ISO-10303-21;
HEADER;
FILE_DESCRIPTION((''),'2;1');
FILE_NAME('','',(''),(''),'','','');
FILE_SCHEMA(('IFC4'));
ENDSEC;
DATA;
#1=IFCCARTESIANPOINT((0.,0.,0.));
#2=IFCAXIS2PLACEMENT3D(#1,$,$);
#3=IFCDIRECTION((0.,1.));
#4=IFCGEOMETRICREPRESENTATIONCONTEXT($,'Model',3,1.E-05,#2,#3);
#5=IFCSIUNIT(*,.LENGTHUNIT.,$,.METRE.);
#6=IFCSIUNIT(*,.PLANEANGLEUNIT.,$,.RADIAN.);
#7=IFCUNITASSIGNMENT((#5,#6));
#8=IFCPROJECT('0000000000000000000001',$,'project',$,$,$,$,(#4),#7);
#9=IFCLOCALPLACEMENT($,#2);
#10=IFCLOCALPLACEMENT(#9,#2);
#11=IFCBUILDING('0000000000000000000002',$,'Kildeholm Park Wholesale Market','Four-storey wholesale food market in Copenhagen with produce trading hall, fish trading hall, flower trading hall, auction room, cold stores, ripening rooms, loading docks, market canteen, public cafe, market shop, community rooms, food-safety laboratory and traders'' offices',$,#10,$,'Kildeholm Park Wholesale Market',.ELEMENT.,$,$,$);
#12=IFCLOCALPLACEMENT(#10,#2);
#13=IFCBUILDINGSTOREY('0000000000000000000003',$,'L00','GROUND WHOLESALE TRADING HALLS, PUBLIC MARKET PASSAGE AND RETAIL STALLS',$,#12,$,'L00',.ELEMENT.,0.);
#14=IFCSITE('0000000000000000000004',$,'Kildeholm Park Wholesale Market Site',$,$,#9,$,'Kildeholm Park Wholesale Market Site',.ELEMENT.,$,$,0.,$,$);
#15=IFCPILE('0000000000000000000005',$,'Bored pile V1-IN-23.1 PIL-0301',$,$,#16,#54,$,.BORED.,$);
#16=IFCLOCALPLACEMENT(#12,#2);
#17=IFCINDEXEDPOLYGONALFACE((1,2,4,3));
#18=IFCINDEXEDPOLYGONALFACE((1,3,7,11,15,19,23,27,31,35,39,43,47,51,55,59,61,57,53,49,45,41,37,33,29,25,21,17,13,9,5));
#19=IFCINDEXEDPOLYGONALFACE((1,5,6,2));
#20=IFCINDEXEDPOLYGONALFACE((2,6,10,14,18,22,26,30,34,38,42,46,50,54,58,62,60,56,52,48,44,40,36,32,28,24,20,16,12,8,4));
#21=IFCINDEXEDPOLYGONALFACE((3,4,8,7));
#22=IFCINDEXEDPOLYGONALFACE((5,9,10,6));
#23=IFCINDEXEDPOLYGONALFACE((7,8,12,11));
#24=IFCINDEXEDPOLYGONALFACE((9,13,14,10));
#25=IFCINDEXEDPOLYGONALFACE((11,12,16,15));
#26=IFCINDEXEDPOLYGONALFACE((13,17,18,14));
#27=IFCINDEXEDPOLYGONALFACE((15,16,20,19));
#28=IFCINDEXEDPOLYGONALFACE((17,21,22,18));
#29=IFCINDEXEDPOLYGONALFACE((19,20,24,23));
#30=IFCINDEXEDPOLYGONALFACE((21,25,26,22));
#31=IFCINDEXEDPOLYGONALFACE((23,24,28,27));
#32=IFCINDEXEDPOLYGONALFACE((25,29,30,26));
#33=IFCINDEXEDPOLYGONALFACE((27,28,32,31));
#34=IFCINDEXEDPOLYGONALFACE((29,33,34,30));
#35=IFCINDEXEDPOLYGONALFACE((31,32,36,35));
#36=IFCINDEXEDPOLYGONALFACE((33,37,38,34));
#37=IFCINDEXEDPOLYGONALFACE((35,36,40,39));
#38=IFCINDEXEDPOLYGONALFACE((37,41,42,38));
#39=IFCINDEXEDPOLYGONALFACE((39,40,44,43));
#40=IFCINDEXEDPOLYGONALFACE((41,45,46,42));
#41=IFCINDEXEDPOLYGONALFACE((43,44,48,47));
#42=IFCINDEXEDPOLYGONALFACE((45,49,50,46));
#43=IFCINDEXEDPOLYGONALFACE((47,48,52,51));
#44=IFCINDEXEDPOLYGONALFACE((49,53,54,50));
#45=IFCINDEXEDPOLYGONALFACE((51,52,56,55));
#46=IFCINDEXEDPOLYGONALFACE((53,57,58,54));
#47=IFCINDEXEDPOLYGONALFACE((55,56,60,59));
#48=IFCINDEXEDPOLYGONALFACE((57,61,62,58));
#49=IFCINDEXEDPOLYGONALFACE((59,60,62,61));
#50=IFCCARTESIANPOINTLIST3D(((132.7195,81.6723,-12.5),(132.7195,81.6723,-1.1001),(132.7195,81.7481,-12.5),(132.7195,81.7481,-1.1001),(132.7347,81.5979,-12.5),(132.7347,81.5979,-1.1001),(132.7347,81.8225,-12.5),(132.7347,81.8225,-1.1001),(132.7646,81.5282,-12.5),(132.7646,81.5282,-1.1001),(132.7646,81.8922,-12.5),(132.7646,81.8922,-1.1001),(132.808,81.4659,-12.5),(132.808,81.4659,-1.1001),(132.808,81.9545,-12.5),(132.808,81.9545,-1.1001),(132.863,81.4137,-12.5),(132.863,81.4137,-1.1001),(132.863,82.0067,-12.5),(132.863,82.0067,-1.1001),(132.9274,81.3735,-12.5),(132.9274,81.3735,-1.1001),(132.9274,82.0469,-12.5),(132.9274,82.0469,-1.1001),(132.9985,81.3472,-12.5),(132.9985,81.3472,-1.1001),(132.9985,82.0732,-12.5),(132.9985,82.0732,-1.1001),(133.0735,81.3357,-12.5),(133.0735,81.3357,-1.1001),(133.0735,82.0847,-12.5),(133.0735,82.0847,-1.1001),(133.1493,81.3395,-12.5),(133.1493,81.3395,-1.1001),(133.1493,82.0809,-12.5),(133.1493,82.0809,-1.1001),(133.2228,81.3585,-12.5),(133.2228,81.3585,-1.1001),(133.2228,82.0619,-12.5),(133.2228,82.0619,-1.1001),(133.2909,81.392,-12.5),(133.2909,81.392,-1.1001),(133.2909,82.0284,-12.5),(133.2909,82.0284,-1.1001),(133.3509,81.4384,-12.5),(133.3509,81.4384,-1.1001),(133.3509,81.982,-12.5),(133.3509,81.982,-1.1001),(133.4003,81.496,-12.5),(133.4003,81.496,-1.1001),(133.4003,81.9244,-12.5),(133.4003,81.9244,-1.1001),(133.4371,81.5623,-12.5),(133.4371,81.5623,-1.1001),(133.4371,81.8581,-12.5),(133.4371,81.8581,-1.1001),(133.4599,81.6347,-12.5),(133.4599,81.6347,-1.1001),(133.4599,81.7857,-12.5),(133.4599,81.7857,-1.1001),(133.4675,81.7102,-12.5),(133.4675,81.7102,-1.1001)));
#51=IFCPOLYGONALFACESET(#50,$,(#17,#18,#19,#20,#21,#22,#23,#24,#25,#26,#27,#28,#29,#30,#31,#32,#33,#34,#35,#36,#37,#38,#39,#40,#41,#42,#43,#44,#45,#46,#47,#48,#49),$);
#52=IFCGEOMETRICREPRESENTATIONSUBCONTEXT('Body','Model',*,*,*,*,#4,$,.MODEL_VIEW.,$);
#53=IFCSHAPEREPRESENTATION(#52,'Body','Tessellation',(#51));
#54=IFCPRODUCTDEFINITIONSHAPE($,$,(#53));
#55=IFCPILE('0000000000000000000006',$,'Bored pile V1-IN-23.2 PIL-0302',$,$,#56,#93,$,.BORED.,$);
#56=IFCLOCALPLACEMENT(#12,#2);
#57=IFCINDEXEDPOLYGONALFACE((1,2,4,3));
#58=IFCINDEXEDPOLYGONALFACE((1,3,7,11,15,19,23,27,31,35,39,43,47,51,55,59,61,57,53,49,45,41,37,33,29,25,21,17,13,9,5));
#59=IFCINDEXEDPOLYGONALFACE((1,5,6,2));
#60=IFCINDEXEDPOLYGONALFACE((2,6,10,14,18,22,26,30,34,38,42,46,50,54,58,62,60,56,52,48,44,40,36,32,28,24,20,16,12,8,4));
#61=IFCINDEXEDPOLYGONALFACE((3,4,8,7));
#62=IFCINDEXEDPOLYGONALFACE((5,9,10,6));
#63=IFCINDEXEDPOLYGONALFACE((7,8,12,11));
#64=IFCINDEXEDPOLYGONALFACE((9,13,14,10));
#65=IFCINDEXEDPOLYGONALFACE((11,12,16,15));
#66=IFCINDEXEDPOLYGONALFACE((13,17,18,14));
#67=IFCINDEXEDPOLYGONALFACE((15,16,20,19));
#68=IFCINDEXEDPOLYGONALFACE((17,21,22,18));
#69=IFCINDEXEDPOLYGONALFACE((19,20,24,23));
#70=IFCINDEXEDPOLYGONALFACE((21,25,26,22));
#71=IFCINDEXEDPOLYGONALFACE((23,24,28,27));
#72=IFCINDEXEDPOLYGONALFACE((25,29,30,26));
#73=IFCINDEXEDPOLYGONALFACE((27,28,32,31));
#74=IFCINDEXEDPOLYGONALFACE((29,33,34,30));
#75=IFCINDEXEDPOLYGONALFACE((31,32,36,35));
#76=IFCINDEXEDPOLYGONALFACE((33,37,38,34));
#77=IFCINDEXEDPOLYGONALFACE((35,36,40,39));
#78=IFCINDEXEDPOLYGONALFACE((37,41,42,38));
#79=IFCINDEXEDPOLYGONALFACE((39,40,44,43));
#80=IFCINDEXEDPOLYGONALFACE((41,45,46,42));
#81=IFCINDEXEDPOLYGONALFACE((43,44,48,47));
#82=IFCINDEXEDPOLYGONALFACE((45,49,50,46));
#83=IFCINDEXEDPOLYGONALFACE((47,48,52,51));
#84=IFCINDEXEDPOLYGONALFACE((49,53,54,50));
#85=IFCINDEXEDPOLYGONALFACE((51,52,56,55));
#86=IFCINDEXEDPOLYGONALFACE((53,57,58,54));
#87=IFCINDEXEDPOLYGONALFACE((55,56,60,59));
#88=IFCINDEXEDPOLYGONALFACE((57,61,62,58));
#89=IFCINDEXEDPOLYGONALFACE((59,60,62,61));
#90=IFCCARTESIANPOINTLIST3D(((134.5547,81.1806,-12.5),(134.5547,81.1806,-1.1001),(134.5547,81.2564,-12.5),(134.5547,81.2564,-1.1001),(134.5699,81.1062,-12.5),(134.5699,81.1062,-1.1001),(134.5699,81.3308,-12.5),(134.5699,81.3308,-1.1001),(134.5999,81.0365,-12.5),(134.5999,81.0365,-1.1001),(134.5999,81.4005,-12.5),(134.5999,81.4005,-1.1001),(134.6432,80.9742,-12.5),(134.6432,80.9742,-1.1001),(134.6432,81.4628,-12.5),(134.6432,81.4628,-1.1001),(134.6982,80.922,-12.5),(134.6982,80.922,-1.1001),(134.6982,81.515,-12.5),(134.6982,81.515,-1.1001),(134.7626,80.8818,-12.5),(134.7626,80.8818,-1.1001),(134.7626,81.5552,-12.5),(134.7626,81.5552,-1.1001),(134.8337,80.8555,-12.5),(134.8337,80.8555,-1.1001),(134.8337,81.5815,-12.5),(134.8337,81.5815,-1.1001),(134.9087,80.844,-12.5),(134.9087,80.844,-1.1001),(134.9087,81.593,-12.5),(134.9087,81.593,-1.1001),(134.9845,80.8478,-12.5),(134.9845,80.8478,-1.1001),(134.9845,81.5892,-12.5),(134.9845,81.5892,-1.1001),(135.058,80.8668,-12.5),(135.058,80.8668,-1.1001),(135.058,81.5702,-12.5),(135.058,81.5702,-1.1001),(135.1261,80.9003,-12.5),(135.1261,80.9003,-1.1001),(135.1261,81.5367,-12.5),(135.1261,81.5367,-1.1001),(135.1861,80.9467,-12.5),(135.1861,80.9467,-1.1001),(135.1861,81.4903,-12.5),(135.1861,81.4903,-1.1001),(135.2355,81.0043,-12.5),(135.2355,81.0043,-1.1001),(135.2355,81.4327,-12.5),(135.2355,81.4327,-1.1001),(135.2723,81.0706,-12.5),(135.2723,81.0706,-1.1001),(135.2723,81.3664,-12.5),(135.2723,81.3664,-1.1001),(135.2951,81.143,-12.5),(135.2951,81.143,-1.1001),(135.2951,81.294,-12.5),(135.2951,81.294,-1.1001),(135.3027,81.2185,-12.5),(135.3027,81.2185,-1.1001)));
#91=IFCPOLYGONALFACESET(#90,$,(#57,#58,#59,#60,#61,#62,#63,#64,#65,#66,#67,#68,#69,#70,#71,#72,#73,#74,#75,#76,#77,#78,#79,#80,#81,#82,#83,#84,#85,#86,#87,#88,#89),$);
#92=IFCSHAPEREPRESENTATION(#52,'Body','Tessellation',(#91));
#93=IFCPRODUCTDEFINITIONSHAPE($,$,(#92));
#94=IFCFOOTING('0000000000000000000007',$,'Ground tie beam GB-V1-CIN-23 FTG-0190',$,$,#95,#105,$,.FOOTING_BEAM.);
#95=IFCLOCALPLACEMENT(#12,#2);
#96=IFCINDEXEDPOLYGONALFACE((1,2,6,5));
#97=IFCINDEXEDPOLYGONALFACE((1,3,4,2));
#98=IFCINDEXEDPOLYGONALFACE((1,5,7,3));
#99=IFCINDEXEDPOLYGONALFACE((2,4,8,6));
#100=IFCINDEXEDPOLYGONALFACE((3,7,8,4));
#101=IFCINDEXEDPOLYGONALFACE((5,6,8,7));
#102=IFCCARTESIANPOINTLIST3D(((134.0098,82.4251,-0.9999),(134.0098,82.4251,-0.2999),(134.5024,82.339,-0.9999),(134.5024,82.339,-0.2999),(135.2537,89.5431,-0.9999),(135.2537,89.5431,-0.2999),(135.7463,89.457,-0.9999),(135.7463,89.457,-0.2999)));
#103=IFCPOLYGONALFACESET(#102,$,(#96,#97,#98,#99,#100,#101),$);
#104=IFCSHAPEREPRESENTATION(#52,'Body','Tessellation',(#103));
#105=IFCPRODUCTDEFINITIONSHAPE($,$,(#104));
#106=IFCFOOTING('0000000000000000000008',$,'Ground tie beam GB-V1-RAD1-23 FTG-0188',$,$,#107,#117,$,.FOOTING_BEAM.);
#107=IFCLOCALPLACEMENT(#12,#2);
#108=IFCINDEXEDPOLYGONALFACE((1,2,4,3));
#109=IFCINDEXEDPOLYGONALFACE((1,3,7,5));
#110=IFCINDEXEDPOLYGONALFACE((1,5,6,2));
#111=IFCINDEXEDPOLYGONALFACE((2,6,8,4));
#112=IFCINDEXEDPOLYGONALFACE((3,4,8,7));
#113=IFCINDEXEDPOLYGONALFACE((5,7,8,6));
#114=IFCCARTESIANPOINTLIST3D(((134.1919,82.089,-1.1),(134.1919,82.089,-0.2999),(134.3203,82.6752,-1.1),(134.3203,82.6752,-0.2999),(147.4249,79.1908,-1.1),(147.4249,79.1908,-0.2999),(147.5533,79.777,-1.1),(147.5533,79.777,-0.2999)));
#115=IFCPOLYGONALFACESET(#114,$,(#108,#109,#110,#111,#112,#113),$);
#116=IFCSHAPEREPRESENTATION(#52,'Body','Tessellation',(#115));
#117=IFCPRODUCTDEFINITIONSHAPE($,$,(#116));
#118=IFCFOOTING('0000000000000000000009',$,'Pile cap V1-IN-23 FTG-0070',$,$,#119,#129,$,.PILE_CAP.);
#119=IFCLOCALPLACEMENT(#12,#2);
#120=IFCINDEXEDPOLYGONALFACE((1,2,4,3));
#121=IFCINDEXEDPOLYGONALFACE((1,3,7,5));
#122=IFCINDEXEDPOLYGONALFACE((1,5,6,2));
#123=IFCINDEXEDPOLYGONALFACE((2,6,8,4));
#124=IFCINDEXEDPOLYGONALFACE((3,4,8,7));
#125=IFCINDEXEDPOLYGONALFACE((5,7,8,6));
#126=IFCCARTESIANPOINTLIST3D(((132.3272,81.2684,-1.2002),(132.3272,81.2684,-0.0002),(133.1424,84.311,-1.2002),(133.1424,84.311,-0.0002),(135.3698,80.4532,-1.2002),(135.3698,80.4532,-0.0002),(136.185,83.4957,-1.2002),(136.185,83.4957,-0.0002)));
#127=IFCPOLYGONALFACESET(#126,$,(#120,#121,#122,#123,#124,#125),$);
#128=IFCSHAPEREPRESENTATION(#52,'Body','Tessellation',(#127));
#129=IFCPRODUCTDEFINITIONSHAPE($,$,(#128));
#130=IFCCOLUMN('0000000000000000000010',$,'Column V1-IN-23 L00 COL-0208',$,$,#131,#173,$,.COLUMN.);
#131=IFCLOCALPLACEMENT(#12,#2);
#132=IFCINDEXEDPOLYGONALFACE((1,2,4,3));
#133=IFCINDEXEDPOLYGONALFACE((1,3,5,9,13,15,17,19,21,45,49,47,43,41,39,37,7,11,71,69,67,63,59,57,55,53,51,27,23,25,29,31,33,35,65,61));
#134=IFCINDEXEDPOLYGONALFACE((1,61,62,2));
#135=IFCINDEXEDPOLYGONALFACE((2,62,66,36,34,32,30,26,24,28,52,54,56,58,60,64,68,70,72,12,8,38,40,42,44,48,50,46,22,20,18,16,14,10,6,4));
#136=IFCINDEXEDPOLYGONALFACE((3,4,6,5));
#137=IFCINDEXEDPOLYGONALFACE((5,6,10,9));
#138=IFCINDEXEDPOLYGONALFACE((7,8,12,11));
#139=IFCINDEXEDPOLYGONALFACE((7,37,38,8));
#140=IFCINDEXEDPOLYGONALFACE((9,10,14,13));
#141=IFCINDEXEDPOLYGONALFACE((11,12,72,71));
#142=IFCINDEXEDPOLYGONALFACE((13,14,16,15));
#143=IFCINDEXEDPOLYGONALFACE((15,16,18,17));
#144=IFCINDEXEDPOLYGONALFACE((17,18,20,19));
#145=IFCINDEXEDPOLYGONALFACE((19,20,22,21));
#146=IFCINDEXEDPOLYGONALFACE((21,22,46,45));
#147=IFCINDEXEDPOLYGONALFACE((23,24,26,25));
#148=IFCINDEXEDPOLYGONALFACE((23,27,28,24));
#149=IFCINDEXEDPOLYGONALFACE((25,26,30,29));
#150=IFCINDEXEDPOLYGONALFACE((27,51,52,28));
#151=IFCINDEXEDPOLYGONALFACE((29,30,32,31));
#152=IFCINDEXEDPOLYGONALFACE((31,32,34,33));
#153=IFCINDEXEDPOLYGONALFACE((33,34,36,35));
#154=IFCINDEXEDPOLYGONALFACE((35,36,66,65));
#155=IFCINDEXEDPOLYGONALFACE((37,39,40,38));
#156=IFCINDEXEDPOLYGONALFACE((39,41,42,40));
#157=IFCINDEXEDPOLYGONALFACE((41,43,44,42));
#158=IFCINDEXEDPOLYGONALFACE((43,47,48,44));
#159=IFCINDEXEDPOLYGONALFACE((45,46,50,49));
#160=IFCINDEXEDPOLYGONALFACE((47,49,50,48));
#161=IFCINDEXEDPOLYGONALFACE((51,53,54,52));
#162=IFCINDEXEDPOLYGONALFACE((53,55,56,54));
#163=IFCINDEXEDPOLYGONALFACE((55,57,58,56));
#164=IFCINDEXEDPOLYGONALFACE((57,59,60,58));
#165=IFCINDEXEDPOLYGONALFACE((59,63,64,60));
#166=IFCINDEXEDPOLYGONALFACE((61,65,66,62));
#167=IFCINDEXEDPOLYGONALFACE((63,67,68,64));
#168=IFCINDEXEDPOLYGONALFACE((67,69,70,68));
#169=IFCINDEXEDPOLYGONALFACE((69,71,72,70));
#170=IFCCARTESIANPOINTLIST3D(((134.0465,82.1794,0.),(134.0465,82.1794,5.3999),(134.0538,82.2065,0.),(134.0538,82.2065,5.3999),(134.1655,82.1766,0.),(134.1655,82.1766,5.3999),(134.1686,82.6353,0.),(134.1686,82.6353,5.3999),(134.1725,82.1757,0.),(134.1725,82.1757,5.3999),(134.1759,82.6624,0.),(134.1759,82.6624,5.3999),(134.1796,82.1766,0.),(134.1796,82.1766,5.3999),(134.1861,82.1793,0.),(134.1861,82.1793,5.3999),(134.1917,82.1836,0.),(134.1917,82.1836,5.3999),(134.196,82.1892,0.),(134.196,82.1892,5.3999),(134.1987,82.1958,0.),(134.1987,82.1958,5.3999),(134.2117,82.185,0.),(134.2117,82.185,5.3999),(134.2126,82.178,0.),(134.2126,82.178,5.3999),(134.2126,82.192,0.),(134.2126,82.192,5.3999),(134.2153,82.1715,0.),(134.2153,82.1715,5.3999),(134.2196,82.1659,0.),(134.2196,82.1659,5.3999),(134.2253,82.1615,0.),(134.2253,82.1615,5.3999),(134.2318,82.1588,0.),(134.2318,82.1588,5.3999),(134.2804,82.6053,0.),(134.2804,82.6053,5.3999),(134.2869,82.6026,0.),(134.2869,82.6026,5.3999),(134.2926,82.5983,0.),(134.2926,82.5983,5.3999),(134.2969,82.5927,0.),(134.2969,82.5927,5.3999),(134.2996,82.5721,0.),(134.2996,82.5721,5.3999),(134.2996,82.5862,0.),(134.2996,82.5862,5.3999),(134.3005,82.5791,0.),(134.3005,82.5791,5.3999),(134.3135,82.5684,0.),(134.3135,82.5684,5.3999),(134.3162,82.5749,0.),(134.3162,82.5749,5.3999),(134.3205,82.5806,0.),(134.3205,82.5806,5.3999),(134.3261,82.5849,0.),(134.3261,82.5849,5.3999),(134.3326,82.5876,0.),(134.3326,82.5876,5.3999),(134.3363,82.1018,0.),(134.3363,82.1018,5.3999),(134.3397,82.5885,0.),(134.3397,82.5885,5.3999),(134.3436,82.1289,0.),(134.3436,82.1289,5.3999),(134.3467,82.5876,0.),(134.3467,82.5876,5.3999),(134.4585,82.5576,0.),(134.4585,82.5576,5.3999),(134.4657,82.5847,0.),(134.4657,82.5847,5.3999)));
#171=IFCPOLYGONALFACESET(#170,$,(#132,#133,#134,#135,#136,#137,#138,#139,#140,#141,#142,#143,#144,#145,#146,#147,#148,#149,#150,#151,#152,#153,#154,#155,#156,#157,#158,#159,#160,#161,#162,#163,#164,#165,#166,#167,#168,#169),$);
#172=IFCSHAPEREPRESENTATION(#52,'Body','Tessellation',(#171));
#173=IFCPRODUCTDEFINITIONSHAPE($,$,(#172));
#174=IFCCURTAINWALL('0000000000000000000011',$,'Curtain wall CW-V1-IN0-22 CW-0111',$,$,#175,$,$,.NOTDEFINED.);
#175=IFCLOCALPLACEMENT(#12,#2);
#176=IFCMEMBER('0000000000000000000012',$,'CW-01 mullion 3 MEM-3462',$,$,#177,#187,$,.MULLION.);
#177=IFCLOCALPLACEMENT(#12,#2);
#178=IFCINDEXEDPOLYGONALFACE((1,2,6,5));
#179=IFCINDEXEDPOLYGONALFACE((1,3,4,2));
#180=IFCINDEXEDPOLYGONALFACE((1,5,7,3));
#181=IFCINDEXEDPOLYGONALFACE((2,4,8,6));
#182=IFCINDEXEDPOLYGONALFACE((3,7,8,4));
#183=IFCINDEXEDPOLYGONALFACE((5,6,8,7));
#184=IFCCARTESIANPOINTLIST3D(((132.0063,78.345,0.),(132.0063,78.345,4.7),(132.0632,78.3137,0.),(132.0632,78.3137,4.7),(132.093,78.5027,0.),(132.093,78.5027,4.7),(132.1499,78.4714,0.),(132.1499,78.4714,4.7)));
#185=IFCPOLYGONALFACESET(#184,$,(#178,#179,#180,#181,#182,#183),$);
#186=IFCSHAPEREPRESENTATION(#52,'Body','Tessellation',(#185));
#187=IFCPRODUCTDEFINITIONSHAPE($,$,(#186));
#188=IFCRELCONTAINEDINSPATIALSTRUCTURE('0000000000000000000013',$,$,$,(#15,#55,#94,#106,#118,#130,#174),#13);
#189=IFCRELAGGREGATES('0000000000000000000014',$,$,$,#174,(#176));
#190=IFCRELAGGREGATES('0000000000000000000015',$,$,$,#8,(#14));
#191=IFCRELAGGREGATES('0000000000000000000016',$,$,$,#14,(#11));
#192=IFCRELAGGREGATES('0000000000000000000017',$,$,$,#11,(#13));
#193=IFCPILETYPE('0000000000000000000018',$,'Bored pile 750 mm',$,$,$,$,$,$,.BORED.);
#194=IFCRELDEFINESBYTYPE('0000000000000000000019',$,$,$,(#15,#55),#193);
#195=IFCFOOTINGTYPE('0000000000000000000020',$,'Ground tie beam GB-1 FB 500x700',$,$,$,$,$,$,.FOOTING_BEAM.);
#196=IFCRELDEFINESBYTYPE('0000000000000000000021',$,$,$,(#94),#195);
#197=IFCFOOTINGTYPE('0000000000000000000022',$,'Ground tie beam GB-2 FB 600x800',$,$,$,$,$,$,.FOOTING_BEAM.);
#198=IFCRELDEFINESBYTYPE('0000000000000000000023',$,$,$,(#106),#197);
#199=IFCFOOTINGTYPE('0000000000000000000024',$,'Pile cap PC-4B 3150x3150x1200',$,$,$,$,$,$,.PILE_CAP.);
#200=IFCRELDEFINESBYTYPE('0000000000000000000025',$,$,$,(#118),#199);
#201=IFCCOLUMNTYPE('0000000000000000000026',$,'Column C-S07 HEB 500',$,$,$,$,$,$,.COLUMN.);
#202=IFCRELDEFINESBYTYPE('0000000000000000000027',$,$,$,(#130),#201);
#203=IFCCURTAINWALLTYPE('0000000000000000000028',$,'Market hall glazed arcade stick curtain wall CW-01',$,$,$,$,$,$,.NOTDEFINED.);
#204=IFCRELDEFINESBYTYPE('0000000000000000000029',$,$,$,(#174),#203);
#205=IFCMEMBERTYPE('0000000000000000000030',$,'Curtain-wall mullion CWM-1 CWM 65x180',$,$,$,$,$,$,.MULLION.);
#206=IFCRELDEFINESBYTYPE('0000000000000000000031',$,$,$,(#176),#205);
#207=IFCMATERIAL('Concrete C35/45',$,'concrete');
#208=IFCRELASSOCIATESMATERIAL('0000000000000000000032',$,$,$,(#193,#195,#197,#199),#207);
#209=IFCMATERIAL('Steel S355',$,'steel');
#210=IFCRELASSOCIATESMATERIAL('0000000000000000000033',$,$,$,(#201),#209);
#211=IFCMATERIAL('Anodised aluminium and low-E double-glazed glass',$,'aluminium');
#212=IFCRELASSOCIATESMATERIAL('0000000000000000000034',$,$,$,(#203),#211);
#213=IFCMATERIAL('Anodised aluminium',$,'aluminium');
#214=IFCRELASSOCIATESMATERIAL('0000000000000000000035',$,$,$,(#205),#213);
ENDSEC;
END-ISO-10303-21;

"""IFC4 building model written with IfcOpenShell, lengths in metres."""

from ifc_helpers import new_model, si_unit, direction, frame, origin, origin_2d, place, context, subcontext, project, spatial, rectangle, circle, i_section, extrude, material, material_profile, profile_set, type_object, element, aggregate, save


model = new_model("IFC4")

# Units and contexts
model_context = context("Model", 3, precision=1e-05, world=origin(), true_north=direction((0.0, 1.0)))
body_context = subcontext(model_context, "Body", "Model", "MODEL_VIEW")
ifc_project = project(units=[si_unit("LENGTHUNIT", "METRE"), si_unit("PLANEANGLEUNIT", "RADIAN")], contexts=[model_context])

# Site, building, storey
site_placement = place(None, origin())
site = spatial("IfcSite", under=ifc_project, at=site_placement, Name="Kildeholm Park Wholesale Market Site", LongName="Kildeholm Park Wholesale Market Site", CompositionType="ELEMENT", RefElevation=0.0)
building_placement = place(site_placement, origin())
building = spatial("IfcBuilding", under=site, at=building_placement, Name="Kildeholm Park Wholesale Market", Description="Four-storey wholesale food market in Copenhagen with produce trading hall, fish trading hall, flower trading hall, auction room, cold stores, ripening rooms, loading docks, market canteen, public cafe, market shop, community rooms, food-safety laboratory and traders' offices", LongName="Kildeholm Park Wholesale Market", CompositionType="ELEMENT")
storey_placement = place(building_placement, origin())
storey = spatial("IfcBuildingStorey", under=building, at=storey_placement, Name="L00", Description="GROUND WHOLESALE TRADING HALLS, PUBLIC MARKET PASSAGE AND RETAIL STALLS", LongName="L00", CompositionType="ELEMENT", Elevation=0.0)

# Piles
ifc_material_1 = material(Name="Concrete C35/45", Category="concrete")
ifc_material_profile_1 = material_profile(ifc_material_1, circle(Radius=0.375, at=origin_2d()), Name="PILE D750")
ifc_profile_set_1 = profile_set([ifc_material_profile_1], Name="Concrete C35/45")
pile_type = type_object("IfcPileType", Name="Bored pile 750 mm", PredefinedType="BORED", material=ifc_profile_set_1)
for number, where, z_axis, x_axis, name in (
    (1, (133.0925, 81.7102, -1.1001), (0.0, 0.0, -1.0), (1.0, 0.0, 0.0), "Bored pile V1-IN-23.1 PIL-0301"),
    (2, (134.9277, 81.2185, -1.1001), (0.0, 0.0, -1.0), (1.0, 0.0, 0.0), "Bored pile V1-IN-23.2 PIL-0302"),
):
    element("IfcPile", number, at=place(storey_placement, frame(where, z_axis=z_axis, x_axis=x_axis)), inside=storey, type_object=pile_type, Name=name, PredefinedType="BORED", context=body_context, shape_type="SweptSolid", body=[
        extrude(circle(Radius=0.375, at=origin_2d()), origin(), (0.0, 0.0, 1.0), 11.3999),
    ])

# Footings
ifc_material_profile_2 = material_profile(ifc_material_1, rectangle(XDim=0.5, YDim=0.7, at=origin_2d()), Name="FB 500x700")
ifc_profile_set_2 = profile_set([ifc_material_profile_2], Name="Concrete C35/45")
footing_type_1 = type_object("IfcFootingType", Name="Ground tie beam GB-1 FB 500x700", PredefinedType="FOOTING_BEAM", material=ifc_profile_set_2)
footing_1_placement = place(storey_placement, frame((134.2561, 82.3821, -0.6499), z_axis=(0.172147, 0.985071, 0.0), x_axis=(-0.985071, 0.172147, 0.0)))
element("IfcFooting", 3, at=footing_1_placement, inside=storey, type_object=footing_type_1, Name="Ground tie beam GB-V1-CIN-23 FTG-0190", PredefinedType="FOOTING_BEAM", context=body_context, shape_type="SweptSolid", body=[
    extrude(rectangle(XDim=0.5, YDim=0.7, at=origin_2d()), origin(), (0.0, 0.0, 1.0), 7.2258),
])
ifc_material_profile_3 = material_profile(ifc_material_1, rectangle(XDim=0.6001, YDim=0.8, at=origin_2d()), Name="FB 600x800")
ifc_profile_set_3 = profile_set([ifc_material_profile_3], Name="Concrete C35/45")
footing_type_2 = type_object("IfcFootingType", Name="Ground tie beam GB-2 FB 600x800", PredefinedType="FOOTING_BEAM", material=ifc_profile_set_3)
footing_2_placement = place(storey_placement, frame((134.2561, 82.3821, -0.7), z_axis=(0.976846, -0.213943, 0.0), x_axis=(0.213943, 0.976846, 0.0)))
element("IfcFooting", 4, at=footing_2_placement, inside=storey, type_object=footing_type_2, Name="Ground tie beam GB-V1-RAD1-23 FTG-0188", PredefinedType="FOOTING_BEAM", context=body_context, shape_type="SweptSolid", body=[
    extrude(rectangle(XDim=0.6001, YDim=0.8, at=origin_2d()), origin(), (0.0, 0.0, 1.0), 13.5466),
])
footing_type_3 = type_object("IfcFootingType", Name="Pile cap PC-4B 3150x3150x1200", PredefinedType="PILE_CAP", material=ifc_material_1)
footing_3_placement = place(storey_placement, frame((134.2561, 82.3821, -1.2002), z_axis=(0.0, 0.0, 1.0), x_axis=(0.965926, -0.258819, 0.0)))
element("IfcFooting", 5, at=footing_3_placement, inside=storey, type_object=footing_type_3, Name="Pile cap V1-IN-23 FTG-0070", PredefinedType="PILE_CAP", context=body_context, shape_type="SweptSolid", body=[
    extrude(rectangle(XDim=3.1499, YDim=3.1499, at=origin_2d()), origin(), (0.0, 0.0, 1.0), 1.2),
])

# Column
ifc_material_2 = material(Name="Steel S355", Category="steel")
ifc_material_profile_4 = material_profile(ifc_material_2, i_section(OverallWidth=0.3, OverallDepth=0.5, WebThickness=0.0144, FlangeThickness=0.0281, FilletRadius=0.0271, at=origin_2d()), Name="HEB 500")
ifc_profile_set_4 = profile_set([ifc_material_profile_4], Name="Steel S355")
column_type = type_object("IfcColumnType", Name="Column C-S07 HEB 500", PredefinedType="COLUMN", material=ifc_profile_set_4)
column_placement = place(storey_placement, frame((134.2561, 82.3821, 0.0), z_axis=(0.0, 0.0, 1.0), x_axis=(0.965926, -0.258819, 0.0)))
element("IfcColumn", 6, at=column_placement, inside=storey, type_object=column_type, Name="Column V1-IN-23 L00 COL-0208", PredefinedType="COLUMN", context=body_context, shape_type="SweptSolid", body=[
    extrude(i_section(OverallWidth=0.3, OverallDepth=0.5, WebThickness=0.0144, FlangeThickness=0.0281, FilletRadius=0.0271, at=origin_2d()), origin(), (0.0, 0.0, 1.0), 5.3999),
])

# Curtain wall, member
ifc_material_3 = material(Name="Anodised aluminium and low-E double-glazed glass", Category="aluminium")
curtain_wall_type = type_object("IfcCurtainWallType", Name="Market hall glazed arcade stick curtain wall CW-01", PredefinedType="NOTDEFINED", material=ifc_material_3)
curtain_wall_1_placement = place(storey_placement, origin())
curtain_wall_1 = element("IfcCurtainWall", 7, at=curtain_wall_1_placement, inside=storey, type_object=curtain_wall_type, Name="Curtain wall CW-V1-IN0-22 CW-0111", PredefinedType="NOTDEFINED")
ifc_material_4 = material(Name="Anodised aluminium", Category="aluminium")
ifc_material_profile_5 = material_profile(ifc_material_4, rectangle(XDim=0.0649, YDim=0.1799, at=origin_2d()), Name="CWM 65x180")
ifc_profile_set_5 = profile_set([ifc_material_profile_5], Name="Anodised aluminium")
member_type_1 = type_object("IfcMemberType", Name="Curtain-wall mullion CWM-1 CWM 65x180", PredefinedType="MULLION", material=ifc_profile_set_5)
member_1_placement = place(storey_placement, frame((132.0781, 78.4082, 0.0), z_axis=(0.0, 0.0, 1.0), x_axis=(-0.876309, 0.48175, 0.0)))
member_1 = element("IfcMember", 8, at=member_1_placement, type_object=member_type_1, Name="CW-01 mullion 3 MEM-3462", PredefinedType="MULLION", context=body_context, shape_type="SweptSolid", body=[
    extrude(rectangle(XDim=0.0649, YDim=0.1799, at=origin_2d()), origin(), (0.0, 0.0, 1.0), 4.7),
])

aggregate(curtain_wall_1, [member_1])

save(model, "model.ifc")
